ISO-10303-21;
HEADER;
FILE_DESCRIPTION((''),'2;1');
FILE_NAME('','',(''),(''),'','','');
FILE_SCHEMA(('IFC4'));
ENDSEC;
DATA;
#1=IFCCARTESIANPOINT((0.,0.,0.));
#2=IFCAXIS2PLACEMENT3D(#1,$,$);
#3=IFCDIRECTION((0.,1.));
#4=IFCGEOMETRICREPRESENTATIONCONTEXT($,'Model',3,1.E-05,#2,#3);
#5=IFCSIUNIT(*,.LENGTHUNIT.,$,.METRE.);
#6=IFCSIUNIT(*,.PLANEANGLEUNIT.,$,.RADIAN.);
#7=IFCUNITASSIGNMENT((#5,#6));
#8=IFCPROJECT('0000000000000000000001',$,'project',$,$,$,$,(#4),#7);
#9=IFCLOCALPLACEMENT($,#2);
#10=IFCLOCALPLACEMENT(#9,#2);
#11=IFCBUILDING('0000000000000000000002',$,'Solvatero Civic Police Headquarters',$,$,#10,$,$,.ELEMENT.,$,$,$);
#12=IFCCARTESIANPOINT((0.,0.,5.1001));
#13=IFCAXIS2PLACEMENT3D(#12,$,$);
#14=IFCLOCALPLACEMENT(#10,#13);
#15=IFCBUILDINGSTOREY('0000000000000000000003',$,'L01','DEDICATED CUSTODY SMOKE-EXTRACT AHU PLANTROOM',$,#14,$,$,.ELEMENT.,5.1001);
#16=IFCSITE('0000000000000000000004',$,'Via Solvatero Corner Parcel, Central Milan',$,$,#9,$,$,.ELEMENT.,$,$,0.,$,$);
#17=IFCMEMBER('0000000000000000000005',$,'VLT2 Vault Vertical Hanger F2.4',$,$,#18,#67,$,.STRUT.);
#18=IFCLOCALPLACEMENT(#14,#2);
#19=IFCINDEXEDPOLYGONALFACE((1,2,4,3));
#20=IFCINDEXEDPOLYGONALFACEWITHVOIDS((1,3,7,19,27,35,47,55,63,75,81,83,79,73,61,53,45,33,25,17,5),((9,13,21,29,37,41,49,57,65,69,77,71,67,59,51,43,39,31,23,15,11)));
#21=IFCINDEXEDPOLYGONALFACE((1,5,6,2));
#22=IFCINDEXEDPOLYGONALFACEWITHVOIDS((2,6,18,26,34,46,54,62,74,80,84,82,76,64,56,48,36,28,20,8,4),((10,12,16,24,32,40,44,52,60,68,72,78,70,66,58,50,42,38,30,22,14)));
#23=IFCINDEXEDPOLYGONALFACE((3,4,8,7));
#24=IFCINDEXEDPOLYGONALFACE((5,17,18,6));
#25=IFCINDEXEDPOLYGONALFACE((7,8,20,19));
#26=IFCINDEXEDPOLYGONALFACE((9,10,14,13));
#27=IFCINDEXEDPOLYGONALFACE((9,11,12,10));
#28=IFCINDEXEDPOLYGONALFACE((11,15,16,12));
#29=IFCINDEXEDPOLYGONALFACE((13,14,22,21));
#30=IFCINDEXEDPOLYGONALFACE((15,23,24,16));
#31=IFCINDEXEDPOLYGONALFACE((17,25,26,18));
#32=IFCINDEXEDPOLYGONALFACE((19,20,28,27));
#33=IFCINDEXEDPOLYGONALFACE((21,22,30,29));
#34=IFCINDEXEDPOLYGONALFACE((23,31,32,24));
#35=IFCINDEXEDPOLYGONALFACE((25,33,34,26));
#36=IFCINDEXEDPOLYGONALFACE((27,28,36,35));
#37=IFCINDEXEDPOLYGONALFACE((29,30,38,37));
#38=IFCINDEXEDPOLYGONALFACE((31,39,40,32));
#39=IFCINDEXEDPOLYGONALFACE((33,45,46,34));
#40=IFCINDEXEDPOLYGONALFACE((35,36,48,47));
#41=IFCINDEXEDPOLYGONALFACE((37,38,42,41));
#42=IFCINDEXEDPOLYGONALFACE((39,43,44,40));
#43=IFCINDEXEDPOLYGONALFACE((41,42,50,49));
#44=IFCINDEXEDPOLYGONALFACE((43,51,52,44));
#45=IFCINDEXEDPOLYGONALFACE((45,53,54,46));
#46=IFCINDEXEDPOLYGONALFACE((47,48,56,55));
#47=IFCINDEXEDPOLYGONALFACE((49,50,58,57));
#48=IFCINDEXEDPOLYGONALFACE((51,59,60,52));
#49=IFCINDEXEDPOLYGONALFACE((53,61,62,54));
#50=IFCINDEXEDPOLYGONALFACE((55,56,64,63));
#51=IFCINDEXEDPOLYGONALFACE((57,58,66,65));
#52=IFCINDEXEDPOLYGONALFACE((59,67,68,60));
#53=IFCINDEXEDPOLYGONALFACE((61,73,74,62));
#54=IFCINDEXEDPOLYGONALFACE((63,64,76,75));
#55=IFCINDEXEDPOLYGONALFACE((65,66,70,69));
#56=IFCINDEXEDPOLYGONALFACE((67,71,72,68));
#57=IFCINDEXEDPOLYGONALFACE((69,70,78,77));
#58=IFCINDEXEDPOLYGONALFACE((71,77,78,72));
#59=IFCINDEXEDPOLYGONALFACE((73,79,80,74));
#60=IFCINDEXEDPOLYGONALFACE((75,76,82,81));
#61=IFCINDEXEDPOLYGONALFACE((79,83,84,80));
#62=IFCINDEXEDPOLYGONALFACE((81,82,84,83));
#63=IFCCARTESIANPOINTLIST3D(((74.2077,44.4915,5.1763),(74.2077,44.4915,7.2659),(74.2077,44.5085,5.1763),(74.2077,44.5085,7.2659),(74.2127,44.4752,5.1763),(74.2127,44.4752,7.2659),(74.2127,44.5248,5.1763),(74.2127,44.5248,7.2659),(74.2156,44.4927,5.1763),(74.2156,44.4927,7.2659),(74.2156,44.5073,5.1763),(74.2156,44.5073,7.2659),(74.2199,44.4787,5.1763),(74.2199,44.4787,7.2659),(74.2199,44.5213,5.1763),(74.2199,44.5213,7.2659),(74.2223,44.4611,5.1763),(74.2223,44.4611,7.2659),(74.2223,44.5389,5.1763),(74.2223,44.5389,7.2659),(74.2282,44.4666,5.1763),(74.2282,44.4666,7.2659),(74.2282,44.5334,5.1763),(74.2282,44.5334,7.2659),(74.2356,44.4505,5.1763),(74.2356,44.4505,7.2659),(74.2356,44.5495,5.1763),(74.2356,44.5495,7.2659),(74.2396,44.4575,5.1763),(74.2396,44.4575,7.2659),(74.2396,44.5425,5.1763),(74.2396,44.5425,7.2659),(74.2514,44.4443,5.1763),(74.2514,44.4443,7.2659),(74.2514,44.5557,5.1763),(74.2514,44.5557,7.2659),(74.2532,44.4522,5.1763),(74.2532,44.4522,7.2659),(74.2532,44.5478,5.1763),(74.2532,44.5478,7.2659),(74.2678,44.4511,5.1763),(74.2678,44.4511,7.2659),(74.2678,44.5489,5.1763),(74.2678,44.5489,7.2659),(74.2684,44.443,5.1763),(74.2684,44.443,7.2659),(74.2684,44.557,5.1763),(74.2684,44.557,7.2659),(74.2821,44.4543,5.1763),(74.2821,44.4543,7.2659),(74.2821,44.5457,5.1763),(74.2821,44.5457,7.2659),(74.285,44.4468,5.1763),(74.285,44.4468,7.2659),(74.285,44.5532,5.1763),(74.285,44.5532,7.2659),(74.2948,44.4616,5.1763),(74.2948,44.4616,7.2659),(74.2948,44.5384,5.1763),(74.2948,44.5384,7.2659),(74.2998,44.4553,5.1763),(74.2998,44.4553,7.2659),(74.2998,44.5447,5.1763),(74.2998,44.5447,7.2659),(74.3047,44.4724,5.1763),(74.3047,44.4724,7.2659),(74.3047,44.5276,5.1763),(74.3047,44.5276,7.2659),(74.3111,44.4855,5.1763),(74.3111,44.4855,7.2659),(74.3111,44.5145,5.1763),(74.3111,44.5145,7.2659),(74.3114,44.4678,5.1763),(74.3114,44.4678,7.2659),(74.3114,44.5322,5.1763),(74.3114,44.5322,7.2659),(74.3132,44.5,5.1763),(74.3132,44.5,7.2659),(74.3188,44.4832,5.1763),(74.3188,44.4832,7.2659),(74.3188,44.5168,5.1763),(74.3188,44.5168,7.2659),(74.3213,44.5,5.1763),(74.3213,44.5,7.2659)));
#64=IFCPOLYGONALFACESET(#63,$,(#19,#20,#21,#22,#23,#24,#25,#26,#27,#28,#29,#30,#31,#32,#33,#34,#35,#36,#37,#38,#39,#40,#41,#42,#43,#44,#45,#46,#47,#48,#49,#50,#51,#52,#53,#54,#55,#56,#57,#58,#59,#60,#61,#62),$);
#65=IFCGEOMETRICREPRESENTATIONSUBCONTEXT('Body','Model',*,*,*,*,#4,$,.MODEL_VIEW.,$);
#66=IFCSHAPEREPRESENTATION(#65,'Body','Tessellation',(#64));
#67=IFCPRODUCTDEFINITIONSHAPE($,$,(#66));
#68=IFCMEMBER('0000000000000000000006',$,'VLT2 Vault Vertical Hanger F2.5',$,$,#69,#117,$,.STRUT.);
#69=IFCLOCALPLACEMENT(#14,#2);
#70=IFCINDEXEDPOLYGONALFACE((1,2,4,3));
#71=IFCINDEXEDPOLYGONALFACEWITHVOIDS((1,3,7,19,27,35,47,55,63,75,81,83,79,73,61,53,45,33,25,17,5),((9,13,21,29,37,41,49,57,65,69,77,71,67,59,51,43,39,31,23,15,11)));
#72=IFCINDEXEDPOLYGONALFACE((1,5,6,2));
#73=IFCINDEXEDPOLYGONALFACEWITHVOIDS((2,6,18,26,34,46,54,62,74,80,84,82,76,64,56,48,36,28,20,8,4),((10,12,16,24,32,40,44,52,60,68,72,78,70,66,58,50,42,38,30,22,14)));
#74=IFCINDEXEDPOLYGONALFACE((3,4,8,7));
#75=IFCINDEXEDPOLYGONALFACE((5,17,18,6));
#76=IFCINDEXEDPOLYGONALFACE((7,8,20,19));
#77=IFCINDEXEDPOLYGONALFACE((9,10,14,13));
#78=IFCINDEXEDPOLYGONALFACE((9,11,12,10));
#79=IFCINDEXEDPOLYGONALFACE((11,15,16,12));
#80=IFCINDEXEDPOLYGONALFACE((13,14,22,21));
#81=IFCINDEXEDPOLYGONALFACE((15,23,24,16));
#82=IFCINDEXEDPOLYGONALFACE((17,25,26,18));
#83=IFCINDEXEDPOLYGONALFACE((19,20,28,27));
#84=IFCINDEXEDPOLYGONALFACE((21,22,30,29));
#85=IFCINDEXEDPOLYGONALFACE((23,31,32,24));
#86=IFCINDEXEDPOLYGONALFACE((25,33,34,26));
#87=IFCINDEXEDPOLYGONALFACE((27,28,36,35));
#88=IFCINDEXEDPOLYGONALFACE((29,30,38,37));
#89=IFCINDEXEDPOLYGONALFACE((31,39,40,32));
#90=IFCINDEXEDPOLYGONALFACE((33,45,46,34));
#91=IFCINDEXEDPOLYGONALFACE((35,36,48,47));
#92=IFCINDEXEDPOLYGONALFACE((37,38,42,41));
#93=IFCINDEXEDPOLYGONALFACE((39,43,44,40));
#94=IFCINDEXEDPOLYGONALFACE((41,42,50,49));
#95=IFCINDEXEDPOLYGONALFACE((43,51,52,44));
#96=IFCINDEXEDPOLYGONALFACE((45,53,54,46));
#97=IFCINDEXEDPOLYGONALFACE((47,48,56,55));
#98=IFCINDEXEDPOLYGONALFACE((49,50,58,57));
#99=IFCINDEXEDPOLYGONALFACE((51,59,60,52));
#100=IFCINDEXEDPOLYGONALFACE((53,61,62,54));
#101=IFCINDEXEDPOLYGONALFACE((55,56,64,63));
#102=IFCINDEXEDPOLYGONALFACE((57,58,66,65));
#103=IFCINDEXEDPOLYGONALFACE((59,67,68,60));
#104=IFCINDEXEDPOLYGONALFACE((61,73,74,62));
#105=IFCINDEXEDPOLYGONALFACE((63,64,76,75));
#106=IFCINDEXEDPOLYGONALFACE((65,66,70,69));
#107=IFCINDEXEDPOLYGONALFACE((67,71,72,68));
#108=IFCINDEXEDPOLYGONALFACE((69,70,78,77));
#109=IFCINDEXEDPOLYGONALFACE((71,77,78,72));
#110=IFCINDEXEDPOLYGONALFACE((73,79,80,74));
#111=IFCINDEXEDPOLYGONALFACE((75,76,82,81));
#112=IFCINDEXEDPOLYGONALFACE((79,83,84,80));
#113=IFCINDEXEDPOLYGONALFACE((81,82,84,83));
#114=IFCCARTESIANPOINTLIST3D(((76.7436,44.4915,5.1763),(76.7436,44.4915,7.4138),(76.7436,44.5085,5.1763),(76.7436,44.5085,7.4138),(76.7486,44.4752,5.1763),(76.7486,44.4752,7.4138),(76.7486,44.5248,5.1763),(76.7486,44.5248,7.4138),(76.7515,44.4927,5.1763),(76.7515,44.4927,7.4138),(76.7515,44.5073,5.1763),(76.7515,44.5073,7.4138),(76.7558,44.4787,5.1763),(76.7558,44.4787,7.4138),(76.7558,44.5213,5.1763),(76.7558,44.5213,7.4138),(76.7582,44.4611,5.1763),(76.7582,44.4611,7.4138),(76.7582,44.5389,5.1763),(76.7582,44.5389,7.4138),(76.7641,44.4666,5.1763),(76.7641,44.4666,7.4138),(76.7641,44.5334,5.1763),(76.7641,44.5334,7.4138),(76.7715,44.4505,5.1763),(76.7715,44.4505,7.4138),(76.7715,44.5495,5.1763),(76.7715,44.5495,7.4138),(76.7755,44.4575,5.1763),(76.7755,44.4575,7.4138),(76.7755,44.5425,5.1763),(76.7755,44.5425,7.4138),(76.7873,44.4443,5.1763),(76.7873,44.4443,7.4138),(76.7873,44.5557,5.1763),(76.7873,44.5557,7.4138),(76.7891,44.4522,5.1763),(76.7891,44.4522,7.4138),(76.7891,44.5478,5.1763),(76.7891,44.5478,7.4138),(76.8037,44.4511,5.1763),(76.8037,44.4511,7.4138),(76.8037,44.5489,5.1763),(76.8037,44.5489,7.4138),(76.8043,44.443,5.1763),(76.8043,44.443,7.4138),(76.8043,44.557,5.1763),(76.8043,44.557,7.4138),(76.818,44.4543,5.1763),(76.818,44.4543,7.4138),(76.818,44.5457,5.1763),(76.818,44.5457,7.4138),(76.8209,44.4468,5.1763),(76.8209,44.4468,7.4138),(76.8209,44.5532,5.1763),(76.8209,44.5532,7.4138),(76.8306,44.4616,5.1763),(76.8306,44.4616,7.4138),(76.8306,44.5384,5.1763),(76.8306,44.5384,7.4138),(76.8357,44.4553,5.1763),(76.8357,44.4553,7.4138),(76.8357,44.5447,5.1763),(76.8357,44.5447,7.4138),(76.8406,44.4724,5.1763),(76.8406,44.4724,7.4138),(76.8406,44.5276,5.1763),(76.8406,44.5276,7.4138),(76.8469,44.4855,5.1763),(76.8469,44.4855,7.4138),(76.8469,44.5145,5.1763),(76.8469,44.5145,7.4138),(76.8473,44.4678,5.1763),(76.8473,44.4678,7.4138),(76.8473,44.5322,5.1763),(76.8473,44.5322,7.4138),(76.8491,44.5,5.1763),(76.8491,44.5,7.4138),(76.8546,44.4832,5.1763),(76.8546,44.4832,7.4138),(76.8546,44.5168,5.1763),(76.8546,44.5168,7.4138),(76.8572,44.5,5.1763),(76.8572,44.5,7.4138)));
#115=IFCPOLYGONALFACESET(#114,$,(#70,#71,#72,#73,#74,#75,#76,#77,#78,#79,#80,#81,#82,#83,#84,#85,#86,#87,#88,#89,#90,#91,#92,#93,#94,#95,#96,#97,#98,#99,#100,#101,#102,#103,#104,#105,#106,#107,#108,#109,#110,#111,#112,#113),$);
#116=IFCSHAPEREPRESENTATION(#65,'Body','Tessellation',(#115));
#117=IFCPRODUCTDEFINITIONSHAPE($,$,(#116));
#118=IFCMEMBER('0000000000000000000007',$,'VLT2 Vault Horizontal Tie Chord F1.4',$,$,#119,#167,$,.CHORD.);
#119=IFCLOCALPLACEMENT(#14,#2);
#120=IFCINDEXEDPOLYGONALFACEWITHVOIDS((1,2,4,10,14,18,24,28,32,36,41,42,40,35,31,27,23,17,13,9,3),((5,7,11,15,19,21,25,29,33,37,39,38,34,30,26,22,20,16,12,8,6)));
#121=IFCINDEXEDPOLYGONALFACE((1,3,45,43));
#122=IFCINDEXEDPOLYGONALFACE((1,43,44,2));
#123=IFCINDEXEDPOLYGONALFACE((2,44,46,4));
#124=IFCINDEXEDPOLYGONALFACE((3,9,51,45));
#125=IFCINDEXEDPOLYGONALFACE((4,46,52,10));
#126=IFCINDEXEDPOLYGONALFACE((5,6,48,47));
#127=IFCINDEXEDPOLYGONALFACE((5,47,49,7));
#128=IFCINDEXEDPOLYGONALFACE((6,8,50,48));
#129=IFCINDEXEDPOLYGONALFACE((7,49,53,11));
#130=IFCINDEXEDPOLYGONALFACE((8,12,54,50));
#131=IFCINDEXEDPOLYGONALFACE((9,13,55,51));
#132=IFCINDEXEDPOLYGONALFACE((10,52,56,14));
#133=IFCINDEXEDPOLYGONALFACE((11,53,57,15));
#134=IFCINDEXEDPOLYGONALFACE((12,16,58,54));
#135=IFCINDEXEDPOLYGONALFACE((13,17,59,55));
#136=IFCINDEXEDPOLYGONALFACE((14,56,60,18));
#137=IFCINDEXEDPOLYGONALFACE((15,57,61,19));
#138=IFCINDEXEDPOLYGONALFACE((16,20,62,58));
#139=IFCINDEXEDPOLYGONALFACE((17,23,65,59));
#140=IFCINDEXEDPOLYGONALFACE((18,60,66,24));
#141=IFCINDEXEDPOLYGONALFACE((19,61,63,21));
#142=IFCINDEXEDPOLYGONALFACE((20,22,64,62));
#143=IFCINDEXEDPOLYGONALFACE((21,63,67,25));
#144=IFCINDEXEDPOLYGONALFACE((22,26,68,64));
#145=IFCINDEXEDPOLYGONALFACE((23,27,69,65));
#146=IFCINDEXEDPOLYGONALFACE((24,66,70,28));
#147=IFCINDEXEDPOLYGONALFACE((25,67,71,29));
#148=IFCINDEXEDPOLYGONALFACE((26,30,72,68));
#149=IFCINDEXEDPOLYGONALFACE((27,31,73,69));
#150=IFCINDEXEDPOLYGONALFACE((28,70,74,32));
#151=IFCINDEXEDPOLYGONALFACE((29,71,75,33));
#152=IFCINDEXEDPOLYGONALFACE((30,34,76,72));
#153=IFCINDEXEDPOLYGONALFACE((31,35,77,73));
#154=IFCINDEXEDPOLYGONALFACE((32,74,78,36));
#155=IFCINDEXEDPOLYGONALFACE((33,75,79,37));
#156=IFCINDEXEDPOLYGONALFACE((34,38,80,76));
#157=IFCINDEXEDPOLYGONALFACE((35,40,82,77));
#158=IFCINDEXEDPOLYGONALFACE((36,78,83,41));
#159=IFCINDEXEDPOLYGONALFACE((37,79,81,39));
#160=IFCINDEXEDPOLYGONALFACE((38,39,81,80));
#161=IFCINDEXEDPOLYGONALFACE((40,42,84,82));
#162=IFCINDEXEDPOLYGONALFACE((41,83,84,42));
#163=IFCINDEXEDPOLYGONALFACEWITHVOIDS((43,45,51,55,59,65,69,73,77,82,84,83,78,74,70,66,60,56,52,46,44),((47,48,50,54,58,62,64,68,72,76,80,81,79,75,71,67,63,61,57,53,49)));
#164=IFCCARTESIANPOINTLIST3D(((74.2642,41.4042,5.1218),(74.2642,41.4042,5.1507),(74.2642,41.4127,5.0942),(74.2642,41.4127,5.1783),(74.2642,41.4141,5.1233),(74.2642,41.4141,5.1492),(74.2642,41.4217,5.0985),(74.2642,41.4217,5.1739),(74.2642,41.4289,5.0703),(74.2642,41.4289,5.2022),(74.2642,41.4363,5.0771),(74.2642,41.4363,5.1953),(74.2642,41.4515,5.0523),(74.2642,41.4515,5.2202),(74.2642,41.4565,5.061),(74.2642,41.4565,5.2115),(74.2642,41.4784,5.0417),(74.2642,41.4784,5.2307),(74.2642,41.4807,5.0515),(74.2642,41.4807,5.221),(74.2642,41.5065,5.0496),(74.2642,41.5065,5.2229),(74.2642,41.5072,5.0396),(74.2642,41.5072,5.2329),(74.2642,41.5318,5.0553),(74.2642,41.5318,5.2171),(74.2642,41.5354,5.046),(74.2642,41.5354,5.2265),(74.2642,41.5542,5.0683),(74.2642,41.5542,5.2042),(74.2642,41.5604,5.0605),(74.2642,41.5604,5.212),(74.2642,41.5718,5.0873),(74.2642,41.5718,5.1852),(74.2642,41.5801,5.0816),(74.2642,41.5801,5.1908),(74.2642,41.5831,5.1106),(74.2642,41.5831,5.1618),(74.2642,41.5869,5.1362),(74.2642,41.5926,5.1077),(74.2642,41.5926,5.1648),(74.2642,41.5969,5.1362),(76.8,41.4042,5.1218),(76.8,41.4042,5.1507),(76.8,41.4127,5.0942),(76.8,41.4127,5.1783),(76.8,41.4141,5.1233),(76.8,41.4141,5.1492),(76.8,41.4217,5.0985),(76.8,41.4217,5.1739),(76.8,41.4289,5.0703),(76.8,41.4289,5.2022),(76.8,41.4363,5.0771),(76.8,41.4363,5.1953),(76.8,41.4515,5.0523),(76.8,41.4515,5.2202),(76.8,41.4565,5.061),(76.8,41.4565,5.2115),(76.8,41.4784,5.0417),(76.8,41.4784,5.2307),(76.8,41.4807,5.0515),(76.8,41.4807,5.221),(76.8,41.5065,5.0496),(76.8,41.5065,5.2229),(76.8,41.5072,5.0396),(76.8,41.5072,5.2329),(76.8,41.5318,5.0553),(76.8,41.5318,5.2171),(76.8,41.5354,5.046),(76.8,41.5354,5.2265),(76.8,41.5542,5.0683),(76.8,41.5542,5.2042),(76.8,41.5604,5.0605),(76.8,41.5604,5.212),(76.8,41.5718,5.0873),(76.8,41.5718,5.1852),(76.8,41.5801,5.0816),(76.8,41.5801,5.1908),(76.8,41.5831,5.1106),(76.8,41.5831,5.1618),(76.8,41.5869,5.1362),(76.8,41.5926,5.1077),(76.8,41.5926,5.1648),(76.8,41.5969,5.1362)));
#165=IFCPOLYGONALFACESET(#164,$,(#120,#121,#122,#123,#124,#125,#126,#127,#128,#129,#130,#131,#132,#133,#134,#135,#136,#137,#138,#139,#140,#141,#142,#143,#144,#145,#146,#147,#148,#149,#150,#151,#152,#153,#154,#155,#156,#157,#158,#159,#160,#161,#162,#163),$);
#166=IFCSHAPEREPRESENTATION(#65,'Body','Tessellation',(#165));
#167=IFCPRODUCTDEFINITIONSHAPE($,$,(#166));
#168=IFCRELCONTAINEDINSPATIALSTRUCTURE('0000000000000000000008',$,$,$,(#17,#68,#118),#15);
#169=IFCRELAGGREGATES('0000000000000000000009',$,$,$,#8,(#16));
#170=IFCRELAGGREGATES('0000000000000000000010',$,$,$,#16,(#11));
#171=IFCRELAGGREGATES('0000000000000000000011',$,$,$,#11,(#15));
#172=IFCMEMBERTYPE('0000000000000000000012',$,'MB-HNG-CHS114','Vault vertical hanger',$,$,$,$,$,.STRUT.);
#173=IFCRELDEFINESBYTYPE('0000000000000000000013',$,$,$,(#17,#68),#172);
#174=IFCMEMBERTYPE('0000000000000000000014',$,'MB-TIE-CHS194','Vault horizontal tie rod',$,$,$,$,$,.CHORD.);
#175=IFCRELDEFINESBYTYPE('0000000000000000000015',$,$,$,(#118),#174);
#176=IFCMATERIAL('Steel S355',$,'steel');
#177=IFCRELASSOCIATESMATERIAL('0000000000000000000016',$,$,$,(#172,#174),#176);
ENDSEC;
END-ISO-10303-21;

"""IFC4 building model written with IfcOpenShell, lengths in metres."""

from ifc_helpers import new_model, si_unit, direction, frame, origin, origin_2d, place, context, subcontext, project, spatial, hollow_circle, extrude, material, material_profile, profile_set, type_object, element, save


model = new_model("IFC4")

# Units and contexts
model_context = context("Model", 3, precision=1e-05, world=origin(), true_north=direction((0.0, 1.0)))
body_context = subcontext(model_context, "Body", "Model", "MODEL_VIEW")
ifc_project = project(units=[si_unit("LENGTHUNIT", "METRE"), si_unit("PLANEANGLEUNIT", "RADIAN")], contexts=[model_context])

# Site, building, storey
site_placement = place(None, origin())
site = spatial("IfcSite", under=ifc_project, at=site_placement, Name="Via Solvatero Corner Parcel, Central Milan", CompositionType="ELEMENT", RefElevation=0.0)
building_placement = place(site_placement, origin())
building = spatial("IfcBuilding", under=site, at=building_placement, Name="Solvatero Civic Police Headquarters", CompositionType="ELEMENT")
storey_placement = place(building_placement, frame((0.0, 0.0, 5.1001)))
storey = spatial("IfcBuildingStorey", under=building, at=storey_placement, Name="L01", Description="DEDICATED CUSTODY SMOKE-EXTRACT AHU PLANTROOM", CompositionType="ELEMENT", Elevation=5.1001)

# Shared definitions
ifc_material_1 = material(Name="Steel S355", Category="steel")

# Members
ifc_material_profile_1 = material_profile(ifc_material_1, hollow_circle(Radius=0.0571, WallThickness=0.0081, at=origin_2d()), Name="CHS 114.3x8.0")
ifc_profile_set_1 = profile_set([ifc_material_profile_1], Name="Steel S355")
member_type_1 = type_object("IfcMemberType", Name="MB-HNG-CHS114", Description="Vault vertical hanger", PredefinedType="STRUT", material=ifc_profile_set_1)
member_1_placement = place(storey_placement, frame((74.2642, 44.5, 5.1763), z_axis=(0.0, 0.0, 1.0), x_axis=(1.0, 0.0, 0.0)))
element("IfcMember", 1, at=member_1_placement, inside=storey, type_object=member_type_1, Name="VLT2 Vault Vertical Hanger F2.4", PredefinedType="STRUT", context=body_context, shape_type="SweptSolid", body=[
    extrude(hollow_circle(Radius=0.0571, WallThickness=0.0081, at=origin_2d()), origin(), (0.0, 0.0, 1.0), 2.0896),
])
member_2_placement = place(storey_placement, frame((76.8, 44.5, 5.1763), z_axis=(0.0, 0.0, 1.0), x_axis=(1.0, 0.0, 0.0)))
element("IfcMember", 2, at=member_2_placement, inside=storey, type_object=member_type_1, Name="VLT2 Vault Vertical Hanger F2.5", PredefinedType="STRUT", context=body_context, shape_type="SweptSolid", body=[
    extrude(hollow_circle(Radius=0.0571, WallThickness=0.0081, at=origin_2d()), origin(), (0.0, 0.0, 1.0), 2.2375),
])
ifc_material_profile_2 = material_profile(ifc_material_1, hollow_circle(Radius=0.0969, WallThickness=0.01, at=origin_2d()), Name="CHS 193.7x10.0")
ifc_profile_set_2 = profile_set([ifc_material_profile_2], Name="Steel S355")
member_type_2 = type_object("IfcMemberType", Name="MB-TIE-CHS194", Description="Vault horizontal tie rod", PredefinedType="CHORD", material=ifc_profile_set_2)
member_3_placement = place(storey_placement, frame((74.2642, 41.5, 5.1362), z_axis=(1.0, 0.0, 0.0), x_axis=(0.0, 1.0, 0.0)))
element("IfcMember", 3, at=member_3_placement, inside=storey, type_object=member_type_2, Name="VLT2 Vault Horizontal Tie Chord F1.4", PredefinedType="CHORD", context=body_context, shape_type="SweptSolid", body=[
    extrude(hollow_circle(Radius=0.0969, WallThickness=0.01, at=origin_2d()), origin(), (0.0, 0.0, 1.0), 2.5359),
])

save(model, "model.ifc")
